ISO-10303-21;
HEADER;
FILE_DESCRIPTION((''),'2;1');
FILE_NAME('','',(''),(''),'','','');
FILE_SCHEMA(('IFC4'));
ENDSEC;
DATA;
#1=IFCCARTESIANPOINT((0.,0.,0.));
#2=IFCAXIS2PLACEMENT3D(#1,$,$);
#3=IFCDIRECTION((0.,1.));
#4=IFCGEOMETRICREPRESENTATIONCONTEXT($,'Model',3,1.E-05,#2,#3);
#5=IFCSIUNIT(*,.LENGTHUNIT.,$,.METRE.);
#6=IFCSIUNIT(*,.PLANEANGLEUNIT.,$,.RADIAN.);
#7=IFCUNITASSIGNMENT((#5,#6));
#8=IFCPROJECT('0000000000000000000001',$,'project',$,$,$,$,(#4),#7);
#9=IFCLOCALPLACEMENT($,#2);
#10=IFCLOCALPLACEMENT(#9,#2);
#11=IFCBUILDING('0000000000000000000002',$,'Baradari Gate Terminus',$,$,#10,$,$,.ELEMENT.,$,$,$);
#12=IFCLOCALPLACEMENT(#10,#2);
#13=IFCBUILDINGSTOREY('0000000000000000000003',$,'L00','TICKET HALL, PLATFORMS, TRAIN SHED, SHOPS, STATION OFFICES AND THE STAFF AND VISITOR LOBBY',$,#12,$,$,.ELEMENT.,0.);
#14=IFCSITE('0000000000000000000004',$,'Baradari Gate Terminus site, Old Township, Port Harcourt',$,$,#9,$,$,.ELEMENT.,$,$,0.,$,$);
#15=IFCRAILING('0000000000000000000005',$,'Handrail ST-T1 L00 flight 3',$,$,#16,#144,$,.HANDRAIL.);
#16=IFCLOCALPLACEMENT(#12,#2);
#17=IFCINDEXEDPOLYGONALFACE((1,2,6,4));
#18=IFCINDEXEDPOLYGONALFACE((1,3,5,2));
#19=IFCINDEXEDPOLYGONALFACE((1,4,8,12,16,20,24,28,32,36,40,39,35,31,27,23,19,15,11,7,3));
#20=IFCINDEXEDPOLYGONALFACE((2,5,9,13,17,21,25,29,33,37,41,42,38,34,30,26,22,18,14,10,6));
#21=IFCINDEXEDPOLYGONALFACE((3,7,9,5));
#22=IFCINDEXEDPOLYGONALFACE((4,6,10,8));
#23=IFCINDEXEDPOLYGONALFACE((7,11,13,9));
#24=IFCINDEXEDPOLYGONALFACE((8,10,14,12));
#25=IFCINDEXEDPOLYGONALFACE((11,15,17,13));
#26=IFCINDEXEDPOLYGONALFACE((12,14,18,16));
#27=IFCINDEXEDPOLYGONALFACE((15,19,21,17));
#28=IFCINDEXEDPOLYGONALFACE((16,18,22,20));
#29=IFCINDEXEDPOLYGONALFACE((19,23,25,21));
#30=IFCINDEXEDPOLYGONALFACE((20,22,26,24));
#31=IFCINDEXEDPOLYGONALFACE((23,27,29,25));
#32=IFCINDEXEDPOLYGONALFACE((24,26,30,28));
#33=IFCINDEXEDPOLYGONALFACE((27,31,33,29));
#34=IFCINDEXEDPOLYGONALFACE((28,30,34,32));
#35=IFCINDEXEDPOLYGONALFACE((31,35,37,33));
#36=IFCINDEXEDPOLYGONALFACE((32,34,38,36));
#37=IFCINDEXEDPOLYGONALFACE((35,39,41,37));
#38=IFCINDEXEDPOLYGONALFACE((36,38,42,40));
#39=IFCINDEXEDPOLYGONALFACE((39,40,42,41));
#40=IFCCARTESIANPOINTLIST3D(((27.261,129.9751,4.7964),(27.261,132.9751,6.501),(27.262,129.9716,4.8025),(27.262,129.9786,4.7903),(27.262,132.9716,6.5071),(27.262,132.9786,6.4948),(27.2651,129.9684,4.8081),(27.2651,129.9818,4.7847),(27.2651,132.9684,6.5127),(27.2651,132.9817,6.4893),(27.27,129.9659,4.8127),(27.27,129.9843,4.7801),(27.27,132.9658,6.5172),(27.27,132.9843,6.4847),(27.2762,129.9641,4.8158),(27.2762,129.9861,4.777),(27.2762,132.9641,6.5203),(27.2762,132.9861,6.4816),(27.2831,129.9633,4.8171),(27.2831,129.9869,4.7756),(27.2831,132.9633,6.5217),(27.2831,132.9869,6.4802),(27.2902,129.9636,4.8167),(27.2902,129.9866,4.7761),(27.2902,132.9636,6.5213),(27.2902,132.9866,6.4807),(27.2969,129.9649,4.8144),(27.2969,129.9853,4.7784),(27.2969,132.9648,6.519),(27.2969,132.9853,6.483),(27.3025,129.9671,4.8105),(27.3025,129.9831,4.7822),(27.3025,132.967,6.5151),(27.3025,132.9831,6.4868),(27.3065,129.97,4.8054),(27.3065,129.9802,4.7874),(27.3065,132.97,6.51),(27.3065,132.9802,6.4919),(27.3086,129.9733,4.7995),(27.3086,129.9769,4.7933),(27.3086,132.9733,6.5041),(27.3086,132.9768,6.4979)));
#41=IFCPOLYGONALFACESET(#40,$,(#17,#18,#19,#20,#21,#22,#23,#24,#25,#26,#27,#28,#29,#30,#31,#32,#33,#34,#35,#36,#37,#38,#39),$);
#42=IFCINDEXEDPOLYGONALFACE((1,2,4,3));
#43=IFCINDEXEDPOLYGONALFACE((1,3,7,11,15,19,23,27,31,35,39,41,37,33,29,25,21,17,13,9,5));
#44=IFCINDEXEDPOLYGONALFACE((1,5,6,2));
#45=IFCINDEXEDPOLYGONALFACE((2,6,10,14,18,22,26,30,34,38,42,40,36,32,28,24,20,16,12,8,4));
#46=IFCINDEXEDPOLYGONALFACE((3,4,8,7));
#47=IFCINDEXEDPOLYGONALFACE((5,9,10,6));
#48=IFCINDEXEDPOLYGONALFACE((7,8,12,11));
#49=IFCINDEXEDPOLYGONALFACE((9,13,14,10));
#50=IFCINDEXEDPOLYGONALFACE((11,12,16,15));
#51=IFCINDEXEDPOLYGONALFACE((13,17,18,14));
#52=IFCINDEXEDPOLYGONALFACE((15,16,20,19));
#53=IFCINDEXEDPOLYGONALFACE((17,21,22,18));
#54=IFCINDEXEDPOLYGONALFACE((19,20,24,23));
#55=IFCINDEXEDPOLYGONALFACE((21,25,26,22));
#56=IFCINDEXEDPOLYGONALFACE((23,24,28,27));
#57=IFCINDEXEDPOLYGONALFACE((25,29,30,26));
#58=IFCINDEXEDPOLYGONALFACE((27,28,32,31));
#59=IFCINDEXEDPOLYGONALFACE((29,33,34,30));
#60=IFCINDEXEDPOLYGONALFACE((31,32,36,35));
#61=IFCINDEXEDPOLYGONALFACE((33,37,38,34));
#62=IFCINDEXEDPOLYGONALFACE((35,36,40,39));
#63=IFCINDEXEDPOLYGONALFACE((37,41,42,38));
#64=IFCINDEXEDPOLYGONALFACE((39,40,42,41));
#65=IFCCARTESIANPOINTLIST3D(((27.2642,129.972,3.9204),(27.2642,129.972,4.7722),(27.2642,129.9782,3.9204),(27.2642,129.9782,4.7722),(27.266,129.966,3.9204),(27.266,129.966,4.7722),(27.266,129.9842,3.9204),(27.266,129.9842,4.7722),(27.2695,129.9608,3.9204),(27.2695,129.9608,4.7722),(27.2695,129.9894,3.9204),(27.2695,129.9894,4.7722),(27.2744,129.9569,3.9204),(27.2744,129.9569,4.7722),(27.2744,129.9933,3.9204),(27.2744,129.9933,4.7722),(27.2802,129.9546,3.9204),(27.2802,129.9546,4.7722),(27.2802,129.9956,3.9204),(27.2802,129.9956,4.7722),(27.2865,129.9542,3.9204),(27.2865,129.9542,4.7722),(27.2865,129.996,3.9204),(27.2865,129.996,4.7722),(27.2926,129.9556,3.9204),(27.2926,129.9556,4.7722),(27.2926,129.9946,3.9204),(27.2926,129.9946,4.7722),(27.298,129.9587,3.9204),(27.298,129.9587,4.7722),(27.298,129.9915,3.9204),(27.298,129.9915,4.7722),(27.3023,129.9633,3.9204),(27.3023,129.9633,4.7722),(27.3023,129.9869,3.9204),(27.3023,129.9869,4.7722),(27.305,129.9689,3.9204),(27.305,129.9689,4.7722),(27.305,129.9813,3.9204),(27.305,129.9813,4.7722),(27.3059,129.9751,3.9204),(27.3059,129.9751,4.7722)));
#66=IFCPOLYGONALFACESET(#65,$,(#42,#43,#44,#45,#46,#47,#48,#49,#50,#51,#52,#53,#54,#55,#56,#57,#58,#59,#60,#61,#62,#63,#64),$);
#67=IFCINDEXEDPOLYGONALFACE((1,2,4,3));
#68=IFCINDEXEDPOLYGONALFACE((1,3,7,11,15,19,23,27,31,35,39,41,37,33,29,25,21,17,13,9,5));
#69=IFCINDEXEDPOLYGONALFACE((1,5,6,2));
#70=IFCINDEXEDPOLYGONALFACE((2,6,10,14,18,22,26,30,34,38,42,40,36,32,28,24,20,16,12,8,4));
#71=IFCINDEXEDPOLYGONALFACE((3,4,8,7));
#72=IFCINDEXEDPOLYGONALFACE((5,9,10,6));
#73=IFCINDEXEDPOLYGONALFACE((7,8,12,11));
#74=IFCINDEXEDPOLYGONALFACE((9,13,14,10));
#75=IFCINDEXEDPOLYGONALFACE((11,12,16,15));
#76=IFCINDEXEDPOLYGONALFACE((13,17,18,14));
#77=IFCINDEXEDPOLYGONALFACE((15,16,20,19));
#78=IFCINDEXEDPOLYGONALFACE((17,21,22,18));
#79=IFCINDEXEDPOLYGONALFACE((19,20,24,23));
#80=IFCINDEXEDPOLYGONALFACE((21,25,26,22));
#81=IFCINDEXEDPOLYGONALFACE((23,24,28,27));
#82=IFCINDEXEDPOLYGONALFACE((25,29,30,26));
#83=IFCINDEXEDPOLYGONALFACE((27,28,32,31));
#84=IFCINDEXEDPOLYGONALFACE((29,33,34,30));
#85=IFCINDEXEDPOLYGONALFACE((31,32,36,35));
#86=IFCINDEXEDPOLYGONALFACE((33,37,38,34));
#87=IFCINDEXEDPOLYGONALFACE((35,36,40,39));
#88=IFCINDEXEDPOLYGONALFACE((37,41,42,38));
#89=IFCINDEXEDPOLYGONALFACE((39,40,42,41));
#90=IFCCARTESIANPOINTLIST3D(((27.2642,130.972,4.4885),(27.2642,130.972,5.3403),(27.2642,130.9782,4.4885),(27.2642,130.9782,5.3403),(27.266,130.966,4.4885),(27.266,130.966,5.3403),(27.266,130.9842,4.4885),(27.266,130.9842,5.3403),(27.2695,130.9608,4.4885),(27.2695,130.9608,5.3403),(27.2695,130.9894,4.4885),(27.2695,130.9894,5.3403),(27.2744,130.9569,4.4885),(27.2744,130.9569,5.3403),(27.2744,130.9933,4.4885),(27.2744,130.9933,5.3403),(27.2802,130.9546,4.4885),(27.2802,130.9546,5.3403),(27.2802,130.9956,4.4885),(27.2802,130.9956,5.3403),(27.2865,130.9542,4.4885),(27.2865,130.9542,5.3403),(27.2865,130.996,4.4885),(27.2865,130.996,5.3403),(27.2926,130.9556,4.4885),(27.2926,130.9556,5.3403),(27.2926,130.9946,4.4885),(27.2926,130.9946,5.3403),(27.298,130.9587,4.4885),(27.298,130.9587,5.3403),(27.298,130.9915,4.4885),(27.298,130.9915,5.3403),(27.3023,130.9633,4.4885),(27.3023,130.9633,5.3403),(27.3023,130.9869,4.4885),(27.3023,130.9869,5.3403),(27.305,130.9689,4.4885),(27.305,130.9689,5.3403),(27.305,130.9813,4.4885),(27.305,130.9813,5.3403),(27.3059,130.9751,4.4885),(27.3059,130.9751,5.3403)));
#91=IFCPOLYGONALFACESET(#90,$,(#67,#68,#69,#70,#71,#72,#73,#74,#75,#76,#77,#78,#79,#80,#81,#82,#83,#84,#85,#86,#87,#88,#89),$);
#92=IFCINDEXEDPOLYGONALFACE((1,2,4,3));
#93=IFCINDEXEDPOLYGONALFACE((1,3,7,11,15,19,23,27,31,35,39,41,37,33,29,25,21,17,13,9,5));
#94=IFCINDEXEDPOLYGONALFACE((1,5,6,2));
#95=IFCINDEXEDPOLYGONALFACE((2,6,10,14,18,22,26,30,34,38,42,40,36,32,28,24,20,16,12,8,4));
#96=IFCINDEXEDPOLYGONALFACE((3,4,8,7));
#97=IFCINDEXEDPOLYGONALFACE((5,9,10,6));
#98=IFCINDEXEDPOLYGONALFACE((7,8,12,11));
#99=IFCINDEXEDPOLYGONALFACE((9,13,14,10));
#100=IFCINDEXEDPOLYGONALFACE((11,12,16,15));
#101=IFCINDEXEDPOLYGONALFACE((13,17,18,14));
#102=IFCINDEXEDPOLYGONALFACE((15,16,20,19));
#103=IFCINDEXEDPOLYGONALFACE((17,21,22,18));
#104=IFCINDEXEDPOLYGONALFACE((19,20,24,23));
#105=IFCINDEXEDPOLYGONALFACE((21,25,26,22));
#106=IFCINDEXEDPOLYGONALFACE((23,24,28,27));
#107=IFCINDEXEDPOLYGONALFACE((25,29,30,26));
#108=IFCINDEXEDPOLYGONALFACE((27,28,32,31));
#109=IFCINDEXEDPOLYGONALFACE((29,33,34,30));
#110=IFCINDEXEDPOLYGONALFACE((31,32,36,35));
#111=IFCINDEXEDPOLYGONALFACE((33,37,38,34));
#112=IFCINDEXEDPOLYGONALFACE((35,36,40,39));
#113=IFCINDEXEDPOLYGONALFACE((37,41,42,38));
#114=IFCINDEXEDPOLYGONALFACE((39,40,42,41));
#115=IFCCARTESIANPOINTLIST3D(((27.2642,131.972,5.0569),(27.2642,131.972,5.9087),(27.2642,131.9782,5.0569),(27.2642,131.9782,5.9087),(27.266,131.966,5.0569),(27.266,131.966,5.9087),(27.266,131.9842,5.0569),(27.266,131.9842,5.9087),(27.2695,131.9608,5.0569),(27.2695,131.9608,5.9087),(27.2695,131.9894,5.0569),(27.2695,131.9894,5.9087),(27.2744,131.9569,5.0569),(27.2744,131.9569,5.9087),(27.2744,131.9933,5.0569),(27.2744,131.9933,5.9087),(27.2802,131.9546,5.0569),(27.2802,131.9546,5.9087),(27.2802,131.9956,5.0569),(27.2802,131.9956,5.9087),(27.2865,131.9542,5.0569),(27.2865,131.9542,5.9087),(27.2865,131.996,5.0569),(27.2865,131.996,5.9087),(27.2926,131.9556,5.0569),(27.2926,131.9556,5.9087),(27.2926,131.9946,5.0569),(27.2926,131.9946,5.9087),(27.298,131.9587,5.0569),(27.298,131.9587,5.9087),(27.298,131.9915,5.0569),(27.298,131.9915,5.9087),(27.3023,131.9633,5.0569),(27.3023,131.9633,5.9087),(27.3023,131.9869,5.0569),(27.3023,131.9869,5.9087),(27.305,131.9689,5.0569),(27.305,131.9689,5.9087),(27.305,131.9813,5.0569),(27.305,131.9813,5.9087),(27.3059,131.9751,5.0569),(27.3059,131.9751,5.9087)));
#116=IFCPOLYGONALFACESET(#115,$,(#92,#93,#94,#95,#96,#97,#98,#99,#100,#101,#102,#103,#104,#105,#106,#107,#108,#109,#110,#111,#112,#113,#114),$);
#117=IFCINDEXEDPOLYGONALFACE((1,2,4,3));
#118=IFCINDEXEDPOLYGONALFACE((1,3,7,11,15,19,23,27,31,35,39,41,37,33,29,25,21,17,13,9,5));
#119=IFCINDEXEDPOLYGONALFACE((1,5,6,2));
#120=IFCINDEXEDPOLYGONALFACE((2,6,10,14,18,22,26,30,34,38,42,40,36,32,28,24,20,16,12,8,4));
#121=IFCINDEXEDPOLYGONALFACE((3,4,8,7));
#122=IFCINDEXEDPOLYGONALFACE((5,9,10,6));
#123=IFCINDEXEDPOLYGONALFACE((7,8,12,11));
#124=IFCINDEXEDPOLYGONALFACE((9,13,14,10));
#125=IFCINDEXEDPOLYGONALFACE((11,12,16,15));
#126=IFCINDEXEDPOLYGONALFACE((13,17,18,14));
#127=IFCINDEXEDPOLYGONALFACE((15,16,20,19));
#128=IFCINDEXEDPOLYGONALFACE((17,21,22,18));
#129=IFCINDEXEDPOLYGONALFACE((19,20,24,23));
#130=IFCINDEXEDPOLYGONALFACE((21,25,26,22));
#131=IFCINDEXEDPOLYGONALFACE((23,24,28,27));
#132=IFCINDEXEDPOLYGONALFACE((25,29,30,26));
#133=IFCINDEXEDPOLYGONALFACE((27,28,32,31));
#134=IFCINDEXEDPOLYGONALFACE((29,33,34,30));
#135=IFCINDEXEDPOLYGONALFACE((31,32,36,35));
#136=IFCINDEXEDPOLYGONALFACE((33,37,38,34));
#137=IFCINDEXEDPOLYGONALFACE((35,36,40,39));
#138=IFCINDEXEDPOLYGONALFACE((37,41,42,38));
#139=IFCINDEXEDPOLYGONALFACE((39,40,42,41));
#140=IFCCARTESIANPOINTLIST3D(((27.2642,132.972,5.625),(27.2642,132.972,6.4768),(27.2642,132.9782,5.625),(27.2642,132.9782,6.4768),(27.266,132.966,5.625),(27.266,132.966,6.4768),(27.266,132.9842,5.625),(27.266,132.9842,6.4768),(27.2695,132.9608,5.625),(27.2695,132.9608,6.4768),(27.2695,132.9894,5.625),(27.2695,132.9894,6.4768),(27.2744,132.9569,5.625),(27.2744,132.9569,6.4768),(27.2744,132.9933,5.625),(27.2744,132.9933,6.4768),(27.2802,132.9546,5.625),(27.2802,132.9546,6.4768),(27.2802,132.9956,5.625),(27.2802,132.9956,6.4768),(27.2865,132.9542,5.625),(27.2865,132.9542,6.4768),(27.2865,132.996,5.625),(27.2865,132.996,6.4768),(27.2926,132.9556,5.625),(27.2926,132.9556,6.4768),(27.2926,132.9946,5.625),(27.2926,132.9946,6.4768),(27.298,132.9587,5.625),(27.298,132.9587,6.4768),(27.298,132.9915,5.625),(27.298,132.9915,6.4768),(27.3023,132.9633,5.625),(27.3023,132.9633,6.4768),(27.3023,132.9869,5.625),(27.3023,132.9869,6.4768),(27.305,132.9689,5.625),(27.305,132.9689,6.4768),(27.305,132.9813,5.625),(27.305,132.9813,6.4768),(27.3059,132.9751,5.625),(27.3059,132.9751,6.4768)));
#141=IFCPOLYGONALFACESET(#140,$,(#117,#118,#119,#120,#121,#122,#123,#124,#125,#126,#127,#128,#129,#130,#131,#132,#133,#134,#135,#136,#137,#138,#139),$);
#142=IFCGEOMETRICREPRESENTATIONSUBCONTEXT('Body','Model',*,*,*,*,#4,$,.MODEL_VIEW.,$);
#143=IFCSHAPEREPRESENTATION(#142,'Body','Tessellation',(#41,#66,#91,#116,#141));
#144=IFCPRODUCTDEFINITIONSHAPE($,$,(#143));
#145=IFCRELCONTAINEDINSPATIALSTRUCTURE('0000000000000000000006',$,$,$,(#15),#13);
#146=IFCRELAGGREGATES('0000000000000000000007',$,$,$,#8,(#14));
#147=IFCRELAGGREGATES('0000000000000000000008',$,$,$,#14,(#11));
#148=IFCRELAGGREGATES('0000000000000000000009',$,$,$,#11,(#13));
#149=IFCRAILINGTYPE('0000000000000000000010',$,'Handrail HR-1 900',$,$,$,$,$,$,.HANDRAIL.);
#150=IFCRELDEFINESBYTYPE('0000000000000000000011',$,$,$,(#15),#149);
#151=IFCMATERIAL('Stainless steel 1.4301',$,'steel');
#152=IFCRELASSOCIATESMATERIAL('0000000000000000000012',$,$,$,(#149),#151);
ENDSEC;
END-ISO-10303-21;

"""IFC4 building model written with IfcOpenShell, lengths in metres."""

from ifc_helpers import new_model, si_unit, direction, frame, origin, origin_2d, place, context, subcontext, project, spatial, circle, extrude, material, type_object, element, save


model = new_model("IFC4")

# Units and contexts
model_context = context("Model", 3, precision=1e-05, world=origin(), true_north=direction((0.0, 1.0)))
body_context = subcontext(model_context, "Body", "Model", "MODEL_VIEW")
ifc_project = project(units=[si_unit("LENGTHUNIT", "METRE"), si_unit("PLANEANGLEUNIT", "RADIAN")], contexts=[model_context])

# Site, building, storey
site_placement = place(None, origin())
site = spatial("IfcSite", under=ifc_project, at=site_placement, Name="Baradari Gate Terminus site, Old Township, Port Harcourt", CompositionType="ELEMENT", RefElevation=0.0)
building_placement = place(site_placement, origin())
building = spatial("IfcBuilding", under=site, at=building_placement, Name="Baradari Gate Terminus", CompositionType="ELEMENT")
storey_placement = place(building_placement, origin())
storey = spatial("IfcBuildingStorey", under=building, at=storey_placement, Name="L00", Description="TICKET HALL, PLATFORMS, TRAIN SHED, SHOPS, STATION OFFICES AND THE STAFF AND VISITOR LOBBY", CompositionType="ELEMENT", Elevation=0.0)

# Railing
ifc_material_1 = material(Name="Stainless steel 1.4301", Category="steel")
railing_type_1 = type_object("IfcRailingType", Name="Handrail HR-1 900", PredefinedType="HANDRAIL", material=ifc_material_1)
for number, where, name in (
    (1, (27.2849, 129.9751, 3.9204), "Handrail ST-T1 L00 flight 3"),
):
    element("IfcRailing", number, at=place(storey_placement, frame(where)), inside=storey, type_object=railing_type_1, Name=name, PredefinedType="HANDRAIL", context=body_context, shape_type="SweptSolid", body=[
        extrude(circle(Radius=0.0239, at=origin_2d()), frame((0.0, 0.0, 0.876), z_axis=(0.0, 0.869451, 0.494019), x_axis=(-1.0, 0.0, 0.0)), (0.0, 0.0, 1.0), 3.4504),
        extrude(circle(Radius=0.021, at=origin_2d()), origin(), (0.0, 0.0, 1.0), 0.8518),
        extrude(circle(Radius=0.021, at=origin_2d()), frame((0.0, 1.0, 0.5681)), (0.0, 0.0, 1.0), 0.8518),
        extrude(circle(Radius=0.021, at=origin_2d()), frame((0.0, 2.0, 1.1365)), (0.0, 0.0, 1.0), 0.8518),
        extrude(circle(Radius=0.021, at=origin_2d()), frame((0.0, 3.0, 1.7046)), (0.0, 0.0, 1.0), 0.8518),
    ])

save(model, "model.ifc")
